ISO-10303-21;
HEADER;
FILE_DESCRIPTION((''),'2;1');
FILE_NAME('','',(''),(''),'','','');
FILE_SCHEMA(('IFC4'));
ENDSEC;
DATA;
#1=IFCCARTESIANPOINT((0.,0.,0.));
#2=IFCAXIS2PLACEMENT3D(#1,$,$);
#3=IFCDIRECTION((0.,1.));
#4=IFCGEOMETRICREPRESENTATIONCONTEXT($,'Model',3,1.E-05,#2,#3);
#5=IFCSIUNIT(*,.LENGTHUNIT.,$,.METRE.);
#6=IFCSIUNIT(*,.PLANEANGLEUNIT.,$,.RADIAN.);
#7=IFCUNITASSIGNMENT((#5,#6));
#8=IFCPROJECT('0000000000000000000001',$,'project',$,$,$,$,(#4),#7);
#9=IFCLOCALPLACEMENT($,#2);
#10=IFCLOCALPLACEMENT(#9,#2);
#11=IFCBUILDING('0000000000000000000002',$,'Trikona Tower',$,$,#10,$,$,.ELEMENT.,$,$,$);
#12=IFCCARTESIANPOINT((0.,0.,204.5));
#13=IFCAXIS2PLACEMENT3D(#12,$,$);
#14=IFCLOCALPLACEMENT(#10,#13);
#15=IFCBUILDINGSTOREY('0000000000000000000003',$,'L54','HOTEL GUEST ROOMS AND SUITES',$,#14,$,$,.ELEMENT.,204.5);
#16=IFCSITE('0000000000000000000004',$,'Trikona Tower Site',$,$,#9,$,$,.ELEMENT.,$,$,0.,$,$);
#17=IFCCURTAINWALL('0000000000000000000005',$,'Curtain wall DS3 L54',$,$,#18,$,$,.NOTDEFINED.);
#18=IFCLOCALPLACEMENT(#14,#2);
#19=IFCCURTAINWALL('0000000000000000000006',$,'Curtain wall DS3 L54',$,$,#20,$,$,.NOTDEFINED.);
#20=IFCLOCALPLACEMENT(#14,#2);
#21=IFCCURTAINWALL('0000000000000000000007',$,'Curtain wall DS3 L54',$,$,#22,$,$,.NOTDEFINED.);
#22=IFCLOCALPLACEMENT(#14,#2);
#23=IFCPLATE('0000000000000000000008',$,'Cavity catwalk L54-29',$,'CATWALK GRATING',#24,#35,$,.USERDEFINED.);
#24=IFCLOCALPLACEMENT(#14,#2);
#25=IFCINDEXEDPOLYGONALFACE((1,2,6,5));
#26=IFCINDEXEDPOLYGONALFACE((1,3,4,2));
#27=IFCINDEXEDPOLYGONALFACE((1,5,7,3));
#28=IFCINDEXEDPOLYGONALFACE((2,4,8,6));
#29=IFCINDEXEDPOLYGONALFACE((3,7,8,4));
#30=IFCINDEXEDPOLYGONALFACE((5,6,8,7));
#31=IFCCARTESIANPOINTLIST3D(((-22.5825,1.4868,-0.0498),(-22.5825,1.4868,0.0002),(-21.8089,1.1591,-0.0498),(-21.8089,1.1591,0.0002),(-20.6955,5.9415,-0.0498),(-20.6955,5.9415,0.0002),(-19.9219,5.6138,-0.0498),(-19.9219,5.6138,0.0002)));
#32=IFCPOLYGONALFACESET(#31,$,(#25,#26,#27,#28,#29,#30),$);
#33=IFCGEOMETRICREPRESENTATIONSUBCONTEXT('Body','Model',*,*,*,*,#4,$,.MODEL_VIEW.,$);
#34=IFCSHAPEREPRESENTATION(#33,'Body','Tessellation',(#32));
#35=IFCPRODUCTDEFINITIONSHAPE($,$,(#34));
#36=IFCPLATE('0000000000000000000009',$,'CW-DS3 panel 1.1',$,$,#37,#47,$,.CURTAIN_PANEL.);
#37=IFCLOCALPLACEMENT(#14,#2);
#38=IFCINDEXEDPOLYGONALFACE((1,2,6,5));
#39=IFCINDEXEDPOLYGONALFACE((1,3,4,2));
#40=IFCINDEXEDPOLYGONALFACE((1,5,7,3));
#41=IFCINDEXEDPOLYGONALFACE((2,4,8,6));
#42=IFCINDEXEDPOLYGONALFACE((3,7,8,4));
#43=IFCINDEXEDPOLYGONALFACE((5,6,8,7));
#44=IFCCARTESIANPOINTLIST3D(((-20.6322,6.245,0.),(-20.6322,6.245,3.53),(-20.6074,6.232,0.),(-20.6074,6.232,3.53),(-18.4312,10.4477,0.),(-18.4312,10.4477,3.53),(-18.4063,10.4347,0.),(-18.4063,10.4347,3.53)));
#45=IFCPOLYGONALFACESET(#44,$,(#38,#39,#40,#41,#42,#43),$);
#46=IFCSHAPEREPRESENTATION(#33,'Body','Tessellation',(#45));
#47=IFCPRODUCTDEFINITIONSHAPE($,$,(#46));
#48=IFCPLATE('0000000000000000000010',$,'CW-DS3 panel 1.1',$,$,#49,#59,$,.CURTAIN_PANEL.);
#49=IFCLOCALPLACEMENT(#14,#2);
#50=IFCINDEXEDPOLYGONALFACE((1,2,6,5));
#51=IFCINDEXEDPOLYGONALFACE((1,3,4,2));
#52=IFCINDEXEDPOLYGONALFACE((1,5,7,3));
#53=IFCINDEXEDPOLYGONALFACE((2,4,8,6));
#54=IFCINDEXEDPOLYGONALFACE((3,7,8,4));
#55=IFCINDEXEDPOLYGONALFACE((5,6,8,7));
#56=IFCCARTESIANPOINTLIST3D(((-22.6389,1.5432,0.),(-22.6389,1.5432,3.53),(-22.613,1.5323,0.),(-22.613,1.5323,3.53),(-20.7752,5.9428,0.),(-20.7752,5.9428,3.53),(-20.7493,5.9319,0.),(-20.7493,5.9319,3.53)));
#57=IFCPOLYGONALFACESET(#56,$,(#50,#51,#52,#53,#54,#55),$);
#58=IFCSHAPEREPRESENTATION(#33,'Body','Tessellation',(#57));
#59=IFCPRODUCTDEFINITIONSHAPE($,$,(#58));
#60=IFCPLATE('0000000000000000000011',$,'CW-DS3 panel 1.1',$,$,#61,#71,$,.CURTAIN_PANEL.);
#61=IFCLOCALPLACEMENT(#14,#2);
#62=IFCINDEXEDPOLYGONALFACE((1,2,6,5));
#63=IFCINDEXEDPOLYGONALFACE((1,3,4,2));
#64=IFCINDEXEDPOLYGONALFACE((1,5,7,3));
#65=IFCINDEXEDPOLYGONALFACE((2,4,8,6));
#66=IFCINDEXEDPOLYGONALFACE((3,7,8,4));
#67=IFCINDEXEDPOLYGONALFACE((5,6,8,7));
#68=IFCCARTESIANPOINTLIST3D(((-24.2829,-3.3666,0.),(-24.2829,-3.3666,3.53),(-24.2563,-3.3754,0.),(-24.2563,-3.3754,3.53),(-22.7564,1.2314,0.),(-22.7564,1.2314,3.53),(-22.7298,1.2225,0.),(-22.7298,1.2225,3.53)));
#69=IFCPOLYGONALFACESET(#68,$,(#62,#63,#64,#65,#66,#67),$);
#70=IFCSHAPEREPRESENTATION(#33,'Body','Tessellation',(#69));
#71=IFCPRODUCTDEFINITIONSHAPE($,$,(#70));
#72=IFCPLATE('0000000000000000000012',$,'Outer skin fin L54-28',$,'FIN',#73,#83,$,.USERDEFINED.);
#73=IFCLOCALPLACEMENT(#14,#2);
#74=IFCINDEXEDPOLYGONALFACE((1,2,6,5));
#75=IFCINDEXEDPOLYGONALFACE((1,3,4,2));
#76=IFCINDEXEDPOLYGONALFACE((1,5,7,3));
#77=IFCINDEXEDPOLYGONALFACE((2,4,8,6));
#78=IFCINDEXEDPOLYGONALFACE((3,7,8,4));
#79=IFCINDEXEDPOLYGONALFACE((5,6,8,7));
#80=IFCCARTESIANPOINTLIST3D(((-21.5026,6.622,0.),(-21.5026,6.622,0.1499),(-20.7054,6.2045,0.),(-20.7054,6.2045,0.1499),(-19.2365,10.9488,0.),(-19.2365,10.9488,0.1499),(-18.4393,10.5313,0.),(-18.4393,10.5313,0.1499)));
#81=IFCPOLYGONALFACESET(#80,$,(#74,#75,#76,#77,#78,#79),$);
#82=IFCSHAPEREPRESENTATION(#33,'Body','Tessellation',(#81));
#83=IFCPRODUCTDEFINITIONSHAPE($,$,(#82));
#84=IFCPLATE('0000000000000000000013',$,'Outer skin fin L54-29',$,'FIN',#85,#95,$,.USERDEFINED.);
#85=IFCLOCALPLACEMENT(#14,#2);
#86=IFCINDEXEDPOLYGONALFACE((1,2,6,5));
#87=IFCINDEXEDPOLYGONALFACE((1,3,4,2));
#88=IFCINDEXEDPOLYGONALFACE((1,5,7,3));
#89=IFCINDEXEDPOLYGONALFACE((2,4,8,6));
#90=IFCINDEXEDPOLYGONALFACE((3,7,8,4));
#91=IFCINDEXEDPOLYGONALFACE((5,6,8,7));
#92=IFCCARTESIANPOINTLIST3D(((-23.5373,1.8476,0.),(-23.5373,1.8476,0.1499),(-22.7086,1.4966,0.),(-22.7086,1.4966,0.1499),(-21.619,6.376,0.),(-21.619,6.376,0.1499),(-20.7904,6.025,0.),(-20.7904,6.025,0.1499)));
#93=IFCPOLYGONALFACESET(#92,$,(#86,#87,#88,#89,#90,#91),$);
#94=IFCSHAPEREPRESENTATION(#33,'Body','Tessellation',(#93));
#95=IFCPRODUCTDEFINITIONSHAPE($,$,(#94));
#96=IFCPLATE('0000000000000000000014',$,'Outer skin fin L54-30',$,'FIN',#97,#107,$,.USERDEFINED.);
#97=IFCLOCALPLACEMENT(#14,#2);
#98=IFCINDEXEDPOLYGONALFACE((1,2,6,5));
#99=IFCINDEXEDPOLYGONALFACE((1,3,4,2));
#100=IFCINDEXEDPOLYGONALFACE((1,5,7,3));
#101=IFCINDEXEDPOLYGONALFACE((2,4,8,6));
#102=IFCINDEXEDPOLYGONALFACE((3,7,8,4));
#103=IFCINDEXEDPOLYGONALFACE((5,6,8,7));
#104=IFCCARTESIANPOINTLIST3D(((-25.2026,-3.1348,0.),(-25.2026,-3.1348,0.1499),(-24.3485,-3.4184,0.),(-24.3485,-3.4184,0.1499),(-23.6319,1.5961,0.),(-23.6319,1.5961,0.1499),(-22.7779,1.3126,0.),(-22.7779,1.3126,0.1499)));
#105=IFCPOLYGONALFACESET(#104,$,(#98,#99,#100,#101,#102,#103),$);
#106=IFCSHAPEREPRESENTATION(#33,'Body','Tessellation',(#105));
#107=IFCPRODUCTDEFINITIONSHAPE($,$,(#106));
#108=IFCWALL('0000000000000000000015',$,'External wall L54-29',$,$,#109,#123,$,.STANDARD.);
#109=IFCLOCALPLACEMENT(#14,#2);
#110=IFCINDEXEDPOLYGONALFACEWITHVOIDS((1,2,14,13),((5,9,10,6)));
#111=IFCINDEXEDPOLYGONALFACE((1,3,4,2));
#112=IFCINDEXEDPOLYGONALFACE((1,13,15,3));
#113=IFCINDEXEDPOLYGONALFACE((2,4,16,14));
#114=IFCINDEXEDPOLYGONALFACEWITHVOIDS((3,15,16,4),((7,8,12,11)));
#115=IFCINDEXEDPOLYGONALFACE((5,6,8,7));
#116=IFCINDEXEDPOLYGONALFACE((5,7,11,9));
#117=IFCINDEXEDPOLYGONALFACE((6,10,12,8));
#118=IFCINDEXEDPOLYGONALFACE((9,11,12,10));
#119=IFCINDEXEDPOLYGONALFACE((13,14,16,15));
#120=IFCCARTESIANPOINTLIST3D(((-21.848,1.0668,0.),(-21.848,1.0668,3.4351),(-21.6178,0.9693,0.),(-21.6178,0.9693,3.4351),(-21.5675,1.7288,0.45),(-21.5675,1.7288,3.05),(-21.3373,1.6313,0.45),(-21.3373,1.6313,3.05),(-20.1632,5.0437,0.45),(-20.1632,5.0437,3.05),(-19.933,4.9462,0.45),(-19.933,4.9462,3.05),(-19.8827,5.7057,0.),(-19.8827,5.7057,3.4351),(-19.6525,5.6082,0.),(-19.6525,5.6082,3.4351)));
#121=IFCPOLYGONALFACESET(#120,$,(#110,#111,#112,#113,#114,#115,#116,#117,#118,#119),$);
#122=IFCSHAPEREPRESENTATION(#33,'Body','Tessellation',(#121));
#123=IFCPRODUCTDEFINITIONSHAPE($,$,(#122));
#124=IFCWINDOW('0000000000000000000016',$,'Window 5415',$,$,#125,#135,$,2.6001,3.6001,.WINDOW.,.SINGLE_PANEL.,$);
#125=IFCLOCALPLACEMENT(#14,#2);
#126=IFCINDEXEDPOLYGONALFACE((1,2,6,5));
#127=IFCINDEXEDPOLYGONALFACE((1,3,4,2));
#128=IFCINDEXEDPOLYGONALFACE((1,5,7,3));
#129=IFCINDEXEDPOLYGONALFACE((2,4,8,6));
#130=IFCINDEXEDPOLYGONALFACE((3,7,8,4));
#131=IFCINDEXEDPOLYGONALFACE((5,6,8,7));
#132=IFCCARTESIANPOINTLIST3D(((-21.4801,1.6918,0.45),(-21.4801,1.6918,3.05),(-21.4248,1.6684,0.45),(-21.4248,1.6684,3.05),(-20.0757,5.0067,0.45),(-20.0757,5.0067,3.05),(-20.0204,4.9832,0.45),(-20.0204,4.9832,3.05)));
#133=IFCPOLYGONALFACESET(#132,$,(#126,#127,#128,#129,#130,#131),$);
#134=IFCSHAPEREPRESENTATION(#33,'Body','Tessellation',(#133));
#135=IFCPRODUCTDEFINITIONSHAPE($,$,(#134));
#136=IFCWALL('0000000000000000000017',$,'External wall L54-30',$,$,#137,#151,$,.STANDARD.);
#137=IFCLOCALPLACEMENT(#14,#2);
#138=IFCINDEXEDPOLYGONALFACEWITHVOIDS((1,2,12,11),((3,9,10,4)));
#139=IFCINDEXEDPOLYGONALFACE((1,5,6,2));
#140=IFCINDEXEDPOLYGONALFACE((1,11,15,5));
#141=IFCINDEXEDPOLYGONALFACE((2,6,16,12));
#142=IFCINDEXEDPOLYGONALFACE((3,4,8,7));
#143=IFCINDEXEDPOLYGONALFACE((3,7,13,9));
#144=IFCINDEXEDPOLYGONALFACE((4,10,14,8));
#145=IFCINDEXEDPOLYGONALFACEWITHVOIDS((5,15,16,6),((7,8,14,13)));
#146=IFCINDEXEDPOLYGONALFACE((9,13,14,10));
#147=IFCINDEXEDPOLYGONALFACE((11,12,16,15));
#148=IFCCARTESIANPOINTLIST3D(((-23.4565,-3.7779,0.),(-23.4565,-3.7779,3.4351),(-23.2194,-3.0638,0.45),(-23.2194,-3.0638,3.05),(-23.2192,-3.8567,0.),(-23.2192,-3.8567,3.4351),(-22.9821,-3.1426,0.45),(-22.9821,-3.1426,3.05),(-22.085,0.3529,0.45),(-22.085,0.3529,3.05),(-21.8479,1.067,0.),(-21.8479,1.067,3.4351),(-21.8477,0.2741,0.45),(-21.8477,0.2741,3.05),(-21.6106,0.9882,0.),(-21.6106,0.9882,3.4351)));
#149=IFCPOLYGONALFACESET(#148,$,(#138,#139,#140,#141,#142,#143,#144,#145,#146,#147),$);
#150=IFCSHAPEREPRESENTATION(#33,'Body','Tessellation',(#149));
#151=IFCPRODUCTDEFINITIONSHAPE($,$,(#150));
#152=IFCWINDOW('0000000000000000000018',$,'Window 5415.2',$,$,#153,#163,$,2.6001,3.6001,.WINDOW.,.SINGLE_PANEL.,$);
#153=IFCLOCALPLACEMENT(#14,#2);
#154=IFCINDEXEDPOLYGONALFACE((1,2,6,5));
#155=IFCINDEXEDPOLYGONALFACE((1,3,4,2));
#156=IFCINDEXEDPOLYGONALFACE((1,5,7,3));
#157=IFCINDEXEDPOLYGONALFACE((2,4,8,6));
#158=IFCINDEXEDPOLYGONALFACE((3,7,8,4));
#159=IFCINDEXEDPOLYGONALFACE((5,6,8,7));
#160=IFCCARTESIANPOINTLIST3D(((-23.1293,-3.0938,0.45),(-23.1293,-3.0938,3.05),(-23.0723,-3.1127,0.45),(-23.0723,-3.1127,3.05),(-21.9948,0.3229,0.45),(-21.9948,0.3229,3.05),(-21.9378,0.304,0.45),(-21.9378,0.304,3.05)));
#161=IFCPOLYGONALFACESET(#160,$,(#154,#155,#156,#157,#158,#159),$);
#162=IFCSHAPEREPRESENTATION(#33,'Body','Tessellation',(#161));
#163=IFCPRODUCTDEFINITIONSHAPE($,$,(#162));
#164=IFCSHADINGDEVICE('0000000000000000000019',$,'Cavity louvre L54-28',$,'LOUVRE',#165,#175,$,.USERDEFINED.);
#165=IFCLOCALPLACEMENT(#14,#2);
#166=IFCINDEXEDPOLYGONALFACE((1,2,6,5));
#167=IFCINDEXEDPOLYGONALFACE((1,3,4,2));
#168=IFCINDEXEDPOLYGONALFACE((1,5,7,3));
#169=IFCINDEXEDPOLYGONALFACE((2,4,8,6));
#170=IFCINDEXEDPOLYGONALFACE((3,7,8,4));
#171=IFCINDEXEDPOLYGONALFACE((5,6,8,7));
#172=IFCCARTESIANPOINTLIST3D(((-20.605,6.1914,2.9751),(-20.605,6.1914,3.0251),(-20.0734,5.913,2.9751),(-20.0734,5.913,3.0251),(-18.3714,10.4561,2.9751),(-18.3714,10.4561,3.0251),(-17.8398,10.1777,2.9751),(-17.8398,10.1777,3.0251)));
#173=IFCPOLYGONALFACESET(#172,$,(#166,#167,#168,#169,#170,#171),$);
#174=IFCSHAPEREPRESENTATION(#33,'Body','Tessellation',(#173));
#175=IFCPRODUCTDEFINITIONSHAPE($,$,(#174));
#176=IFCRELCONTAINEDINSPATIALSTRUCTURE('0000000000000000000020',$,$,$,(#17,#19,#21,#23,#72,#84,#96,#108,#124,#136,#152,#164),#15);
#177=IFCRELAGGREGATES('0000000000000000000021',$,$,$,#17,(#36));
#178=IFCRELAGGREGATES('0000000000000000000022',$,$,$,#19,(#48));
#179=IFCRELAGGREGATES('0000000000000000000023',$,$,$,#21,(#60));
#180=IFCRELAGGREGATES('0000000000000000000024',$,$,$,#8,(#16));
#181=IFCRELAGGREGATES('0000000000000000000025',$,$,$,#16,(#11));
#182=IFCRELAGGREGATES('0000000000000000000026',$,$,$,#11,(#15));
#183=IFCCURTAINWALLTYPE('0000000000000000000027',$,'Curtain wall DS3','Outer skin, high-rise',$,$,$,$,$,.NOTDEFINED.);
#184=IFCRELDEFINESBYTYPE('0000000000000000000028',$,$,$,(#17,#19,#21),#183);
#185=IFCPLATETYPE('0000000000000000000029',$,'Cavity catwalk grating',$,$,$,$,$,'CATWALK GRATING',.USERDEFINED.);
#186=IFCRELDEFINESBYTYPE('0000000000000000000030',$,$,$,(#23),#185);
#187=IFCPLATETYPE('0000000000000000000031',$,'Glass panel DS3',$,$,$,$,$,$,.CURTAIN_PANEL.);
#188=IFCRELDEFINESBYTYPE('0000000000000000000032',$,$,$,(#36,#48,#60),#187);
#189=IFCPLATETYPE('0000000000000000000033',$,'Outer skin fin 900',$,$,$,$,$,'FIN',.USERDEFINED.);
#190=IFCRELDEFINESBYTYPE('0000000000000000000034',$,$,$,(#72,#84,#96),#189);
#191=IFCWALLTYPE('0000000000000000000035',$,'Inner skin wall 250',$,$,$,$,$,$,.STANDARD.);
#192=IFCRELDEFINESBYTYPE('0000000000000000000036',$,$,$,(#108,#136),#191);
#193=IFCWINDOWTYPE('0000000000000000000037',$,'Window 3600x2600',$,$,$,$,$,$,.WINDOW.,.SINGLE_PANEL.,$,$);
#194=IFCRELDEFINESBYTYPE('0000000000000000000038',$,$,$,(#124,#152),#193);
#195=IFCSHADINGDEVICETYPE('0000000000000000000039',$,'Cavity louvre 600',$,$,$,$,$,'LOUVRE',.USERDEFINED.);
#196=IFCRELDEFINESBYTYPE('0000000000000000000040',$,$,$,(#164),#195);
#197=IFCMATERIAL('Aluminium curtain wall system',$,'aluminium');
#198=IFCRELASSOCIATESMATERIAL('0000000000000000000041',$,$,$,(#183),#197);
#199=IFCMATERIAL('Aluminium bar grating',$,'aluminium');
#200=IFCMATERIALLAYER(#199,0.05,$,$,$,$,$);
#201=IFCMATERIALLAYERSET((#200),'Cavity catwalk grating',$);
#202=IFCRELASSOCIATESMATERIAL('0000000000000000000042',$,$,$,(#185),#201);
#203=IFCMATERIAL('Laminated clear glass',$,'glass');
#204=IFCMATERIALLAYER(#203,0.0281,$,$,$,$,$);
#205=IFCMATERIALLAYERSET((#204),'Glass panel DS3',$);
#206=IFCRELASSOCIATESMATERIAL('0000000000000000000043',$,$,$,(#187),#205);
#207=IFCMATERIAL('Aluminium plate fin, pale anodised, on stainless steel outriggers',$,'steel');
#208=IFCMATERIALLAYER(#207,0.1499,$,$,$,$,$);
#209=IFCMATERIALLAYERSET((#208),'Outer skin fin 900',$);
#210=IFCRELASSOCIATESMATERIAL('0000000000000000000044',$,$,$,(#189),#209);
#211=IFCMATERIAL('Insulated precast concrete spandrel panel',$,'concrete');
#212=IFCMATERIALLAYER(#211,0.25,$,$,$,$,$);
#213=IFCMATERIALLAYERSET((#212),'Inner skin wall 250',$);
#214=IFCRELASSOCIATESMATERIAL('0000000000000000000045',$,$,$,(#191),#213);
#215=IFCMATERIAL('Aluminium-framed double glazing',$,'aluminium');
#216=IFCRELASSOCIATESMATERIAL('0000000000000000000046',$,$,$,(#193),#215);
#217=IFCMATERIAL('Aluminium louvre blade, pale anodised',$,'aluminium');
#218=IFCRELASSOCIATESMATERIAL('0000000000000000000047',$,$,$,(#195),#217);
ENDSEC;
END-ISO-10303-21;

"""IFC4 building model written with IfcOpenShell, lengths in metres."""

from ifc_helpers import new_model, si_unit, direction, frame, frame_2d, origin, origin_2d, place, context, subcontext, project, spatial, rectangle, extrude, material, layer, layer_set, type_object, element, fill, aggregate, save


model = new_model("IFC4")

# Units and contexts
model_context = context("Model", 3, precision=1e-05, world=origin(), true_north=direction((0.0, 1.0)))
body_context = subcontext(model_context, "Body", "Model", "MODEL_VIEW")
ifc_project = project(units=[si_unit("LENGTHUNIT", "METRE"), si_unit("PLANEANGLEUNIT", "RADIAN")], contexts=[model_context])

# Site, building, storey
site_placement = place(None, origin())
site = spatial("IfcSite", under=ifc_project, at=site_placement, Name="Trikona Tower Site", CompositionType="ELEMENT", RefElevation=0.0)
building_placement = place(site_placement, origin())
building = spatial("IfcBuilding", under=site, at=building_placement, Name="Trikona Tower", CompositionType="ELEMENT")
storey_placement = place(building_placement, frame((0.0, 0.0, 204.5)))
storey = spatial("IfcBuildingStorey", under=building, at=storey_placement, Name="L54", Description="HOTEL GUEST ROOMS AND SUITES", CompositionType="ELEMENT", Elevation=204.5)

# Shared definitions
ifc_material_1 = material(Name="Aluminium curtain wall system", Category="aluminium")
curtain_wall_type = type_object("IfcCurtainWallType", Name="Curtain wall DS3", Description="Outer skin, high-rise", PredefinedType="NOTDEFINED", material=ifc_material_1)

# Curtain walls
curtain_wall_1_placement = place(storey_placement, origin())
curtain_wall_1 = element("IfcCurtainWall", 1, at=curtain_wall_1_placement, inside=storey, type_object=curtain_wall_type, Name="Curtain wall DS3 L54", PredefinedType="NOTDEFINED")
curtain_wall_2_placement = place(storey_placement, origin())
curtain_wall_2 = element("IfcCurtainWall", 2, at=curtain_wall_2_placement, inside=storey, type_object=curtain_wall_type, Name="Curtain wall DS3 L54", PredefinedType="NOTDEFINED")

# Curtain wall
curtain_wall_3_placement = place(storey_placement, origin())
curtain_wall_3 = element("IfcCurtainWall", 3, at=curtain_wall_3_placement, inside=storey, type_object=curtain_wall_type, Name="Curtain wall DS3 L54", PredefinedType="NOTDEFINED")

# Plate
ifc_material_2 = material(Name="Aluminium bar grating", Category="aluminium")
ifc_layer_1 = layer(ifc_material_2, 0.05)
ifc_layer_set_1 = layer_set([ifc_layer_1], Name="Cavity catwalk grating")
plate_type_1 = type_object("IfcPlateType", Name="Cavity catwalk grating", ElementType="CATWALK GRATING", PredefinedType="USERDEFINED", material=ifc_layer_set_1)
plate_1_placement = place(storey_placement, frame((-21.2522, 3.5503, -0.0498), z_axis=(0.0, 0.0, 1.0), x_axis=(-0.390051, -0.920793, 0.0)))
element("IfcPlate", 4, at=plate_1_placement, inside=storey, type_object=plate_type_1, Name="Cavity catwalk L54-29", ObjectType="CATWALK GRATING", PredefinedType="USERDEFINED", context=body_context, shape_type="SweptSolid", body=[
    extrude(rectangle(XDim=4.8379, YDim=0.8401, at=origin_2d()), origin(), (0.0, 0.0, 1.0), 0.05),
])

# Plates
ifc_material_3 = material(Name="Laminated clear glass", Category="glass")
ifc_layer_2 = layer(ifc_material_3, 0.0281)
ifc_layer_set_2 = layer_set([ifc_layer_2], Name="Glass panel DS3")
plate_type_2 = type_object("IfcPlateType", Name="Glass panel DS3", PredefinedType="CURTAIN_PANEL", material=ifc_layer_set_2)
plate_2_placement = place(storey_placement, frame((-19.5193, 8.3398, 0.0), z_axis=(0.0, 0.0, 1.0), x_axis=(-0.463948, -0.885862, 0.0)))
plate_2 = element("IfcPlate", 5, at=plate_2_placement, type_object=plate_type_2, Name="CW-DS3 panel 1.1", PredefinedType="CURTAIN_PANEL", context=body_context, shape_type="SweptSolid", body=[
    extrude(rectangle(XDim=4.7441, YDim=0.0281, at=origin_2d()), origin(), (0.0, 0.0, 1.0), 3.53),
])
aggregate(curtain_wall_1, [plate_2])
plate_3_placement = place(storey_placement, frame((-21.6941, 3.7375, 0.0), z_axis=(0.0, 0.0, 1.0), x_axis=(-0.390053, -0.920792, 0.0)))
plate_3 = element("IfcPlate", 6, at=plate_3_placement, type_object=plate_type_2, Name="CW-DS3 panel 1.1", PredefinedType="CURTAIN_PANEL", context=body_context, shape_type="SweptSolid", body=[
    extrude(rectangle(XDim=4.7781, YDim=0.0281, at=origin_2d()), origin(), (0.0, 0.0, 1.0), 3.53),
])
aggregate(curtain_wall_2, [plate_3])
plate_4_placement = place(storey_placement, frame((-23.5063, -1.072, 0.0), z_axis=(0.0, 0.0, 1.0), x_axis=(-0.315078, -0.949066, 0.0)))
plate_4 = element("IfcPlate", 7, at=plate_4_placement, type_object=plate_type_2, Name="CW-DS3 panel 1.1", PredefinedType="CURTAIN_PANEL", context=body_context, shape_type="SweptSolid", body=[
    extrude(rectangle(XDim=4.8447, YDim=0.0281, at=origin_2d()), origin(), (0.0, 0.0, 1.0), 3.53),
])
aggregate(curtain_wall_3, [plate_4])

# Plates
ifc_material_4 = material(Name="Aluminium plate fin, pale anodised, on stainless steel outriggers", Category="steel")
ifc_layer_3 = layer(ifc_material_4, 0.1499)
ifc_layer_set_3 = layer_set([ifc_layer_3], Name="Outer skin fin 900")
plate_type_3 = type_object("IfcPlateType", Name="Outer skin fin 900", ElementType="FIN", PredefinedType="USERDEFINED", material=ifc_layer_set_3)
plate_5_placement = place(storey_placement, frame((-19.9709, 8.5767, 0.0), z_axis=(0.0, 0.0, 1.0), x_axis=(-0.463952, -0.88586, 0.0)))
element("IfcPlate", 8, at=plate_5_placement, inside=storey, type_object=plate_type_3, Name="Outer skin fin L54-28", ObjectType="FIN", PredefinedType="USERDEFINED", context=body_context, shape_type="SweptSolid", body=[
    extrude(rectangle(XDim=4.8843, YDim=0.8999, at=origin_2d()), origin(), (0.0, 0.0, 1.0), 0.1499),
])
plate_6_placement = place(storey_placement, frame((-22.1638, 3.9363, 0.0), z_axis=(0.0, 0.0, 1.0), x_axis=(-0.390051, -0.920793, 0.0)))
element("IfcPlate", 9, at=plate_6_placement, inside=storey, type_object=plate_type_3, Name="Outer skin fin L54-29", ObjectType="FIN", PredefinedType="USERDEFINED", context=body_context, shape_type="SweptSolid", body=[
    extrude(rectangle(XDim=4.918, YDim=0.8999, at=origin_2d()), origin(), (0.0, 0.0, 1.0), 0.1499),
])
plate_7_placement = place(storey_placement, frame((-23.9902, -0.9111, 0.0), z_axis=(0.0, 0.0, 1.0), x_axis=(-0.315093, -0.949061, 0.0)))
element("IfcPlate", 10, at=plate_7_placement, inside=storey, type_object=plate_type_3, Name="Outer skin fin L54-30", ObjectType="FIN", PredefinedType="USERDEFINED", context=body_context, shape_type="SweptSolid", body=[
    extrude(rectangle(XDim=4.9849, YDim=0.8999, at=origin_2d()), origin(), (0.0, 0.0, 1.0), 0.1499),
])

# Walls, openings, windows
ifc_material_5 = material(Name="Insulated precast concrete spandrel panel", Category="concrete")
ifc_layer_4 = layer(ifc_material_5, 0.25)
ifc_layer_set_4 = layer_set([ifc_layer_4], Name="Inner skin wall 250")
wall_type = type_object("IfcWallType", Name="Inner skin wall 250", PredefinedType="STANDARD", material=ifc_layer_set_4)
wall_1_placement = place(storey_placement, frame((-19.7676, 5.657, 0.0), z_axis=(0.0, 0.0, 1.0), x_axis=(-0.390097, -0.920774, 0.0)))
wall_1 = element("IfcWall", 11, at=wall_1_placement, inside=storey, type_object=wall_type, Name="External wall L54-29", PredefinedType="STANDARD", context=body_context, shape_type="SweptSolid", body=[
    extrude(rectangle(XDim=5.0381, YDim=0.25, at=frame_2d((2.519, 0.0))), origin(), (0.0, 0.0, 1.0), 3.4351),
])
opening_1_placement = place(wall_1_placement, frame((0.719, 0.0, 0.45)))
opening_1 = element("IfcOpeningElement", 12, at=opening_1_placement, cuts=wall_1, PredefinedType="OPENING", context=body_context, shape_type="SweptSolid", body=[
    extrude(rectangle(XDim=3.6001, YDim=2.6001, at=frame_2d((1.8, 1.3))), frame((0.0, 0.135, 0.0), z_axis=(0.0, -1.0, 0.0), x_axis=(1.0, 0.0, 0.0)), (0.0, 0.0, 1.0), 0.27),
])
ifc_material_6 = material(Name="Aluminium-framed double glazing", Category="aluminium")
window_type = type_object("IfcWindowType", Name="Window 3600x2600", PartitioningType="SINGLE_PANEL", PredefinedType="WINDOW", material=ifc_material_6)
window_1_placement = place(opening_1_placement, origin())
window_1 = element("IfcWindow", 13, at=window_1_placement, inside=storey, type_object=window_type, Name="Window 5415", OverallHeight=2.6001, OverallWidth=3.6001, PartitioningType="SINGLE_PANEL", PredefinedType="WINDOW", context=body_context, shape_type="SweptSolid", body=[
    extrude(rectangle(XDim=3.6001, YDim=2.6001, at=frame_2d((1.8, 1.3))), frame((0.0, 0.03, 0.0), z_axis=(0.0, -1.0, 0.0), x_axis=(1.0, 0.0, 0.0)), (0.0, 0.0, 1.0), 0.0601),
])
fill(opening_1, window_1)
wall_2_placement = place(storey_placement, frame((-21.7292, 1.0276, 0.0), z_axis=(0.0, 0.0, 1.0), x_axis=(-0.315108, -0.949056, 0.0)))
wall_2 = element("IfcWall", 14, at=wall_2_placement, inside=storey, type_object=wall_type, Name="External wall L54-30", PredefinedType="STANDARD", context=body_context, shape_type="SweptSolid", body=[
    extrude(rectangle(XDim=5.105, YDim=0.25, at=frame_2d((2.5525, 0.0))), origin(), (0.0, 0.0, 1.0), 3.4351),
])
opening_2_placement = place(wall_2_placement, frame((0.7524, 0.0, 0.45)))
opening_2 = element("IfcOpeningElement", 15, at=opening_2_placement, cuts=wall_2, PredefinedType="OPENING", context=body_context, shape_type="SweptSolid", body=[
    extrude(rectangle(XDim=3.6001, YDim=2.6001, at=frame_2d((1.8, 1.3))), frame((0.0, 0.135, 0.0), z_axis=(0.0, -1.0, 0.0), x_axis=(1.0, 0.0, 0.0)), (0.0, 0.0, 1.0), 0.27),
])
window_2_placement = place(opening_2_placement, origin())
window_2 = element("IfcWindow", 16, at=window_2_placement, inside=storey, type_object=window_type, Name="Window 5415.2", OverallHeight=2.6001, OverallWidth=3.6001, PartitioningType="SINGLE_PANEL", PredefinedType="WINDOW", context=body_context, shape_type="SweptSolid", body=[
    extrude(rectangle(XDim=3.6001, YDim=2.6001, at=frame_2d((1.8, 1.3))), frame((0.0, 0.03, 0.0), z_axis=(0.0, -1.0, 0.0), x_axis=(1.0, 0.0, 0.0)), (0.0, 0.0, 1.0), 0.0601),
])
fill(opening_2, window_2)

# Shading device
ifc_material_7 = material(Name="Aluminium louvre blade, pale anodised", Category="aluminium")
shading_device_type = type_object("IfcShadingDeviceType", Name="Cavity louvre 600", ElementType="LOUVRE", PredefinedType="USERDEFINED", material=ifc_material_7)
shading_device_1_placement = place(storey_placement, frame((-19.2224, 8.1846, 2.9751), z_axis=(0.0, 0.0, 1.0), x_axis=(-0.463952, -0.88586, 0.0)))
element("IfcShadingDevice", 17, at=shading_device_1_placement, inside=storey, type_object=shading_device_type, Name="Cavity louvre L54-28", ObjectType="LOUVRE", PredefinedType="USERDEFINED", context=body_context, shape_type="SweptSolid", body=[
    extrude(rectangle(XDim=4.8142, YDim=0.6001, at=origin_2d()), origin(), (0.0, 0.0, 1.0), 0.05),
])

save(model, "model.ifc")
